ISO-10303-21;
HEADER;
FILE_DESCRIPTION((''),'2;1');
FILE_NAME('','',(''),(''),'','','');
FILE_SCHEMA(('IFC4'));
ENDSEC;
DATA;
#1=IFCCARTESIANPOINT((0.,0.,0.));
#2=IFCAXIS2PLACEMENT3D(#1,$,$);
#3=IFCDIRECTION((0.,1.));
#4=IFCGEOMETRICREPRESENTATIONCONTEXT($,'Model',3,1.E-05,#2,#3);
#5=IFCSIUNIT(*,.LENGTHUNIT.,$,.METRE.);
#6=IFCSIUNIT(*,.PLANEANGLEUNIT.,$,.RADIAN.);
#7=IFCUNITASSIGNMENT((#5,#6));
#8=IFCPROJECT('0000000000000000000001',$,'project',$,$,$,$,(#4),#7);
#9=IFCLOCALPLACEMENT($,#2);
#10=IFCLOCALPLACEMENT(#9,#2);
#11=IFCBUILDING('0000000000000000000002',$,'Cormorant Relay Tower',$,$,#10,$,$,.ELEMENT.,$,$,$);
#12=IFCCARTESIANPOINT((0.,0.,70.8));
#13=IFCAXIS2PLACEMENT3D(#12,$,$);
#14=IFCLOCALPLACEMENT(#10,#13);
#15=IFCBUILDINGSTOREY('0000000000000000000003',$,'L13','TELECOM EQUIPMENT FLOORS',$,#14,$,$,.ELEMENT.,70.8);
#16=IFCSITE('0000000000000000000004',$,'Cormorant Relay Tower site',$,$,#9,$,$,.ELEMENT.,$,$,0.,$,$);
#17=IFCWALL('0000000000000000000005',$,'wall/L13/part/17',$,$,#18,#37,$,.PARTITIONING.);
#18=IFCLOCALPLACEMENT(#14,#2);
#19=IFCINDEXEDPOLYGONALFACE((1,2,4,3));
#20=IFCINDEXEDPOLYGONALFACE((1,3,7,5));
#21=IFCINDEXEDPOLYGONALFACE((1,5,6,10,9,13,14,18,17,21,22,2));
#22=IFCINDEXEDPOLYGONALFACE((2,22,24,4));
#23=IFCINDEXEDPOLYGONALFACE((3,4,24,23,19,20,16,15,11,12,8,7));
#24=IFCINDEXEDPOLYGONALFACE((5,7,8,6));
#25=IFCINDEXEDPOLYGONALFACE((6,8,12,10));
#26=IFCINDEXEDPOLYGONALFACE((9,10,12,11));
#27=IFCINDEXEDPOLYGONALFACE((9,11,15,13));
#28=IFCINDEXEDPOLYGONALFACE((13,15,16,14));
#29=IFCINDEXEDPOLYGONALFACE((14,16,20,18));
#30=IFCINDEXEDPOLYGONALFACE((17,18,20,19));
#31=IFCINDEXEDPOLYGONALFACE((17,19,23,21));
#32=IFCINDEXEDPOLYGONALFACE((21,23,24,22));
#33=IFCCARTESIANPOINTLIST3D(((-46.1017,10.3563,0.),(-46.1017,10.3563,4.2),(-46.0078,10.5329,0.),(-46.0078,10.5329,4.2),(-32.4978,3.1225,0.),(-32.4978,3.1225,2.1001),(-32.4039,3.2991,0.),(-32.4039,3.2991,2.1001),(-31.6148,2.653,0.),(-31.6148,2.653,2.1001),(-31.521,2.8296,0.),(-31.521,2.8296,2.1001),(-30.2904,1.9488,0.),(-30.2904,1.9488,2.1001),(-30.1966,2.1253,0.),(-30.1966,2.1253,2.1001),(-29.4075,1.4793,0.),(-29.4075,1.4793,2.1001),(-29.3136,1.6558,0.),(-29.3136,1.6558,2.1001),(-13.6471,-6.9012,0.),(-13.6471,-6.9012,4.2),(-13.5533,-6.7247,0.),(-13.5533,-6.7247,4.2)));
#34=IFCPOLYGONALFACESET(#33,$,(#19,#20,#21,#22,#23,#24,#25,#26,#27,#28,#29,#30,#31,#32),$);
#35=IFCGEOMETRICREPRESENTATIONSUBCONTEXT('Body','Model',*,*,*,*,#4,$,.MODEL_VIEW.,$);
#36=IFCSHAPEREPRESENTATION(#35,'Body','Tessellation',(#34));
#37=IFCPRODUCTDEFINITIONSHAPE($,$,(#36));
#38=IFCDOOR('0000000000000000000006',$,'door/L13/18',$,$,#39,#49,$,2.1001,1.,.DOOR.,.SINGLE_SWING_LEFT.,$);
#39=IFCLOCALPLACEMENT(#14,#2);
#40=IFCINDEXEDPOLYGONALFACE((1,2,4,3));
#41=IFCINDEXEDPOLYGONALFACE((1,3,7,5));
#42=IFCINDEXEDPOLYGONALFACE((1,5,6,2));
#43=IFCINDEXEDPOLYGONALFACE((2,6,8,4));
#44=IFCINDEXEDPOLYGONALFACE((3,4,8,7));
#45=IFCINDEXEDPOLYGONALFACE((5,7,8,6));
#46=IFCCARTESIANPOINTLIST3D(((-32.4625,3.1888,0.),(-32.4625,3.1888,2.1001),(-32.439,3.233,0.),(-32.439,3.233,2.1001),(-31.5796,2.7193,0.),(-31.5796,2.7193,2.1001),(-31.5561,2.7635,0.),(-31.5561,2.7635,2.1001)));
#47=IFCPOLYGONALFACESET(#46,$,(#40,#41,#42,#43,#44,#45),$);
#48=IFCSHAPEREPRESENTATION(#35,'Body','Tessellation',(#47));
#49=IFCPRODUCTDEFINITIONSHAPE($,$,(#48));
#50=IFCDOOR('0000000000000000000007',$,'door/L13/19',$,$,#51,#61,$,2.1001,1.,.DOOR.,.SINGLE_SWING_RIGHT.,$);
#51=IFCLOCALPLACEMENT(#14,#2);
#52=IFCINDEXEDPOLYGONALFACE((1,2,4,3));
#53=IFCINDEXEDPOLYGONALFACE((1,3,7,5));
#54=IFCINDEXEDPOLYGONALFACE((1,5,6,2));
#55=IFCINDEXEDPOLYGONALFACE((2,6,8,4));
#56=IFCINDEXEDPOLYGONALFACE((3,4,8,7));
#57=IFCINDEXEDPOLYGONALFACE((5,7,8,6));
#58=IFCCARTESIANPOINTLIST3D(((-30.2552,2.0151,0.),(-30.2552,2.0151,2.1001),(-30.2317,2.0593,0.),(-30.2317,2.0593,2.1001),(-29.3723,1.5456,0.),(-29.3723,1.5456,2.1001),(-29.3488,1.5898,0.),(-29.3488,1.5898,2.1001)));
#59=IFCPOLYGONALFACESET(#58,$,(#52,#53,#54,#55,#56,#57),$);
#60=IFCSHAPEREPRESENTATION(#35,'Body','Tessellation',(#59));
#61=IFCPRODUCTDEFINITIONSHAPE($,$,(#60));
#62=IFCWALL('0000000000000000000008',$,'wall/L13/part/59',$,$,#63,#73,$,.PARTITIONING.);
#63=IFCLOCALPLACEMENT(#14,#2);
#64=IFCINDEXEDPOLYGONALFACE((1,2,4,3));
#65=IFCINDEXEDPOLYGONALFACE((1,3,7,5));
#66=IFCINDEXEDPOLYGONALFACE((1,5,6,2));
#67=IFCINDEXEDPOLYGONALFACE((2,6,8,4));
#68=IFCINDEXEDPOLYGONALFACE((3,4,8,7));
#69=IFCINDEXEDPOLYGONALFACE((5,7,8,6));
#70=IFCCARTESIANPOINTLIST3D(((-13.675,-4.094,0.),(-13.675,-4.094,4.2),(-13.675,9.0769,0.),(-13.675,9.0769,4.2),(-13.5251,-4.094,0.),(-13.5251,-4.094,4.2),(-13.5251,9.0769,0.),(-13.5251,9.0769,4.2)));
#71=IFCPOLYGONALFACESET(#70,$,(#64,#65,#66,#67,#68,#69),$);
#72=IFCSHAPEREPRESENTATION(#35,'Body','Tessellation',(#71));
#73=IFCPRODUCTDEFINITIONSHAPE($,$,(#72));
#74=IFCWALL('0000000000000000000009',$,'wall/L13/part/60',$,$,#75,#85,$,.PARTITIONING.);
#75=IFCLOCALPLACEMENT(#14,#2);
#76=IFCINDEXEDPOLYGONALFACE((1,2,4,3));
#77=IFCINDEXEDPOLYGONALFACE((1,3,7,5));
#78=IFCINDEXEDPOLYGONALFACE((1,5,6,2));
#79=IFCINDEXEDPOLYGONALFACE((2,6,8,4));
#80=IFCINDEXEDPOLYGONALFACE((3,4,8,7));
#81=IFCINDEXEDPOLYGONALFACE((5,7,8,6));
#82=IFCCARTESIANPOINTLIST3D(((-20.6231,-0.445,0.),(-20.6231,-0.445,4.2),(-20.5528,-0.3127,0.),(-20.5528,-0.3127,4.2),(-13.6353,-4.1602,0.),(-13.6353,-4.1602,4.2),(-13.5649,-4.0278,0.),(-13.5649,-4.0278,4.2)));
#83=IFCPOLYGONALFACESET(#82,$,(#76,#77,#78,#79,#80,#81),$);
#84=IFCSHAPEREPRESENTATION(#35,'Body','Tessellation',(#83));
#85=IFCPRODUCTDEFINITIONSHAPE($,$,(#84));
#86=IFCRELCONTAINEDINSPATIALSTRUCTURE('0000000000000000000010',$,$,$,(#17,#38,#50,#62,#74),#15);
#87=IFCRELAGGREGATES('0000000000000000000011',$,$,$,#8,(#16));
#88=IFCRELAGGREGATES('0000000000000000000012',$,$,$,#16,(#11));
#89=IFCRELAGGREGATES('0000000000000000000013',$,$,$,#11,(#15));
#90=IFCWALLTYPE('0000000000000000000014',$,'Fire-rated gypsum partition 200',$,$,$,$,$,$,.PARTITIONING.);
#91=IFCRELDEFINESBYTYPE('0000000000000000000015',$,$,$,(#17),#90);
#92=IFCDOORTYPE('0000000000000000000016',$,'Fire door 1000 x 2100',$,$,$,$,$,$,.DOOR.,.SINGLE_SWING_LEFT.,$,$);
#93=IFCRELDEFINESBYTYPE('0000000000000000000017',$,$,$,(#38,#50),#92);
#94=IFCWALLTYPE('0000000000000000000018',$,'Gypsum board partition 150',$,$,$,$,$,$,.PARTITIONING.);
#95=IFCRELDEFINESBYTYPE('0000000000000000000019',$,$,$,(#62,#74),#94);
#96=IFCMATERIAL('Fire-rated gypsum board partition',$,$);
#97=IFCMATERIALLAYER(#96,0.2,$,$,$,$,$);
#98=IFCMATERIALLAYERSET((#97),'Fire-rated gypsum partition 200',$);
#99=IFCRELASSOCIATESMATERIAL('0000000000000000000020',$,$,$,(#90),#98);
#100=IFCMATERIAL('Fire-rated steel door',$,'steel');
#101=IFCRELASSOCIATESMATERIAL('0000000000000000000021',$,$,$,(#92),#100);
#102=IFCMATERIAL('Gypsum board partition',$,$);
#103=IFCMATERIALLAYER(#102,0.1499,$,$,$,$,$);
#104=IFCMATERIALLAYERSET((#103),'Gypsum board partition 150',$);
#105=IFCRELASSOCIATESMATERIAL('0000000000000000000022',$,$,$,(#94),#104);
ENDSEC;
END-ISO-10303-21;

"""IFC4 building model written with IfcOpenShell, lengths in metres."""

from ifc_helpers import new_model, si_unit, direction, frame, frame_2d, origin, place, context, subcontext, project, spatial, rectangle, extrude, material, layer, layer_set, type_object, element, fill, save


model = new_model("IFC4")

# Units and contexts
model_context = context("Model", 3, precision=1e-05, world=origin(), true_north=direction((0.0, 1.0)))
body_context = subcontext(model_context, "Body", "Model", "MODEL_VIEW")
ifc_project = project(units=[si_unit("LENGTHUNIT", "METRE"), si_unit("PLANEANGLEUNIT", "RADIAN")], contexts=[model_context])

# Site, building, storey
site_placement = place(None, origin())
site = spatial("IfcSite", under=ifc_project, at=site_placement, Name="Cormorant Relay Tower site", CompositionType="ELEMENT", RefElevation=0.0)
building_placement = place(site_placement, origin())
building = spatial("IfcBuilding", under=site, at=building_placement, Name="Cormorant Relay Tower", CompositionType="ELEMENT")
storey_placement = place(building_placement, frame((0.0, 0.0, 70.8)))
storey = spatial("IfcBuildingStorey", under=building, at=storey_placement, Name="L13", Description="TELECOM EQUIPMENT FLOORS", CompositionType="ELEMENT", Elevation=70.8)

# Wall, openings, doors
ifc_material_1 = material(Name="Fire-rated gypsum board partition")
ifc_layer_1 = layer(ifc_material_1, 0.2)
ifc_layer_set_1 = layer_set([ifc_layer_1], Name="Fire-rated gypsum partition 200")
wall_type_1 = type_object("IfcWallType", Name="Fire-rated gypsum partition 200", PredefinedType="PARTITIONING", material=ifc_layer_set_1)
wall_1_placement = place(storey_placement, frame((-13.6001, -6.813, 0.0), z_axis=(0.0, 0.0, 1.0), x_axis=(-0.882935, 0.469496, 0.0)))
wall_1 = element("IfcWall", 1, at=wall_1_placement, inside=storey, type_object=wall_type_1, Name="wall/L13/part/17", PredefinedType="PARTITIONING", context=body_context, shape_type="SweptSolid", body=[
    extrude(rectangle(XDim=36.7576, YDim=0.2, at=frame_2d((18.3789, 0.0))), origin(), (0.0, 0.0, 1.0), 4.2),
])
opening_1_placement = place(wall_1_placement, frame((20.3501, 0.0, 0.0)))
opening_1 = element("IfcOpeningElement", 2, at=opening_1_placement, cuts=wall_1, PredefinedType="OPENING", context=body_context, shape_type="SweptSolid", body=[
    extrude(rectangle(XDim=1.0, YDim=2.1001, at=frame_2d((0.5, 1.05))), frame((0.0, 0.1099, 0.0), z_axis=(0.0, -1.0, 0.0), x_axis=(1.0, 0.0, 0.0)), (0.0, 0.0, 1.0), 0.22),
])
opening_2_placement = place(wall_1_placement, frame((17.8501, 0.0, 0.0)))
opening_2 = element("IfcOpeningElement", 3, at=opening_2_placement, cuts=wall_1, PredefinedType="OPENING", context=body_context, shape_type="SweptSolid", body=[
    extrude(rectangle(XDim=1.0, YDim=2.1001, at=frame_2d((0.5, 1.05))), frame((0.0, 0.1099, 0.0), z_axis=(0.0, -1.0, 0.0), x_axis=(1.0, 0.0, 0.0)), (0.0, 0.0, 1.0), 0.22),
])
ifc_material_2 = material(Name="Fire-rated steel door", Category="steel")
door_type = type_object("IfcDoorType", Name="Fire door 1000 x 2100", OperationType="SINGLE_SWING_LEFT", PredefinedType="DOOR", material=ifc_material_2)
door_1_placement = place(opening_1_placement, origin())
door_1 = element("IfcDoor", 4, at=door_1_placement, inside=storey, type_object=door_type, Name="door/L13/18", OperationType="SINGLE_SWING_LEFT", OverallHeight=2.1001, OverallWidth=1.0, PredefinedType="DOOR", context=body_context, shape_type="SweptSolid", body=[
    extrude(rectangle(XDim=1.0, YDim=2.1001, at=frame_2d((0.5, 1.05))), frame((0.0, 0.0249, 0.0), z_axis=(0.0, -1.0, 0.0), x_axis=(1.0, 0.0, 0.0)), (0.0, 0.0, 1.0), 0.05),
])
fill(opening_1, door_1)
door_2_placement = place(opening_2_placement, origin())
door_2 = element("IfcDoor", 5, at=door_2_placement, inside=storey, type_object=door_type, Name="door/L13/19", OperationType="SINGLE_SWING_RIGHT", OverallHeight=2.1001, OverallWidth=1.0, PredefinedType="DOOR", context=body_context, shape_type="SweptSolid", body=[
    extrude(rectangle(XDim=1.0, YDim=2.1001, at=frame_2d((0.5, 1.05))), frame((0.0, 0.0249, 0.0), z_axis=(0.0, -1.0, 0.0), x_axis=(1.0, 0.0, 0.0)), (0.0, 0.0, 1.0), 0.05),
])
fill(opening_2, door_2)

# Walls
ifc_material_3 = material(Name="Gypsum board partition")
ifc_layer_2 = layer(ifc_material_3, 0.1499)
ifc_layer_set_2 = layer_set([ifc_layer_2], Name="Gypsum board partition 150")
wall_type_2 = type_object("IfcWallType", Name="Gypsum board partition 150", PredefinedType="PARTITIONING", material=ifc_layer_set_2)
wall_2_placement = place(storey_placement, frame((-13.6001, 9.0769, 0.0), z_axis=(0.0, 0.0, 1.0), x_axis=(0.0, -1.0, 0.0)))
element("IfcWall", 6, at=wall_2_placement, inside=storey, type_object=wall_type_2, Name="wall/L13/part/59", PredefinedType="PARTITIONING", context=body_context, shape_type="SweptSolid", body=[
    extrude(rectangle(XDim=13.1709, YDim=0.1499, at=frame_2d((6.5854, 0.0))), origin(), (0.0, 0.0, 1.0), 4.2),
])
wall_3_placement = place(storey_placement, frame((-13.6001, -4.094, 0.0), z_axis=(0.0, 0.0, 1.0), x_axis=(-0.882968, 0.469433, 0.0)))
element("IfcWall", 7, at=wall_3_placement, inside=storey, type_object=wall_type_2, Name="wall/L13/part/60", PredefinedType="PARTITIONING", context=body_context, shape_type="SweptSolid", body=[
    extrude(rectangle(XDim=7.9141, YDim=0.1499, at=frame_2d((3.957, 0.0))), origin(), (0.0, 0.0, 1.0), 4.2),
])

save(model, "model.ifc")
